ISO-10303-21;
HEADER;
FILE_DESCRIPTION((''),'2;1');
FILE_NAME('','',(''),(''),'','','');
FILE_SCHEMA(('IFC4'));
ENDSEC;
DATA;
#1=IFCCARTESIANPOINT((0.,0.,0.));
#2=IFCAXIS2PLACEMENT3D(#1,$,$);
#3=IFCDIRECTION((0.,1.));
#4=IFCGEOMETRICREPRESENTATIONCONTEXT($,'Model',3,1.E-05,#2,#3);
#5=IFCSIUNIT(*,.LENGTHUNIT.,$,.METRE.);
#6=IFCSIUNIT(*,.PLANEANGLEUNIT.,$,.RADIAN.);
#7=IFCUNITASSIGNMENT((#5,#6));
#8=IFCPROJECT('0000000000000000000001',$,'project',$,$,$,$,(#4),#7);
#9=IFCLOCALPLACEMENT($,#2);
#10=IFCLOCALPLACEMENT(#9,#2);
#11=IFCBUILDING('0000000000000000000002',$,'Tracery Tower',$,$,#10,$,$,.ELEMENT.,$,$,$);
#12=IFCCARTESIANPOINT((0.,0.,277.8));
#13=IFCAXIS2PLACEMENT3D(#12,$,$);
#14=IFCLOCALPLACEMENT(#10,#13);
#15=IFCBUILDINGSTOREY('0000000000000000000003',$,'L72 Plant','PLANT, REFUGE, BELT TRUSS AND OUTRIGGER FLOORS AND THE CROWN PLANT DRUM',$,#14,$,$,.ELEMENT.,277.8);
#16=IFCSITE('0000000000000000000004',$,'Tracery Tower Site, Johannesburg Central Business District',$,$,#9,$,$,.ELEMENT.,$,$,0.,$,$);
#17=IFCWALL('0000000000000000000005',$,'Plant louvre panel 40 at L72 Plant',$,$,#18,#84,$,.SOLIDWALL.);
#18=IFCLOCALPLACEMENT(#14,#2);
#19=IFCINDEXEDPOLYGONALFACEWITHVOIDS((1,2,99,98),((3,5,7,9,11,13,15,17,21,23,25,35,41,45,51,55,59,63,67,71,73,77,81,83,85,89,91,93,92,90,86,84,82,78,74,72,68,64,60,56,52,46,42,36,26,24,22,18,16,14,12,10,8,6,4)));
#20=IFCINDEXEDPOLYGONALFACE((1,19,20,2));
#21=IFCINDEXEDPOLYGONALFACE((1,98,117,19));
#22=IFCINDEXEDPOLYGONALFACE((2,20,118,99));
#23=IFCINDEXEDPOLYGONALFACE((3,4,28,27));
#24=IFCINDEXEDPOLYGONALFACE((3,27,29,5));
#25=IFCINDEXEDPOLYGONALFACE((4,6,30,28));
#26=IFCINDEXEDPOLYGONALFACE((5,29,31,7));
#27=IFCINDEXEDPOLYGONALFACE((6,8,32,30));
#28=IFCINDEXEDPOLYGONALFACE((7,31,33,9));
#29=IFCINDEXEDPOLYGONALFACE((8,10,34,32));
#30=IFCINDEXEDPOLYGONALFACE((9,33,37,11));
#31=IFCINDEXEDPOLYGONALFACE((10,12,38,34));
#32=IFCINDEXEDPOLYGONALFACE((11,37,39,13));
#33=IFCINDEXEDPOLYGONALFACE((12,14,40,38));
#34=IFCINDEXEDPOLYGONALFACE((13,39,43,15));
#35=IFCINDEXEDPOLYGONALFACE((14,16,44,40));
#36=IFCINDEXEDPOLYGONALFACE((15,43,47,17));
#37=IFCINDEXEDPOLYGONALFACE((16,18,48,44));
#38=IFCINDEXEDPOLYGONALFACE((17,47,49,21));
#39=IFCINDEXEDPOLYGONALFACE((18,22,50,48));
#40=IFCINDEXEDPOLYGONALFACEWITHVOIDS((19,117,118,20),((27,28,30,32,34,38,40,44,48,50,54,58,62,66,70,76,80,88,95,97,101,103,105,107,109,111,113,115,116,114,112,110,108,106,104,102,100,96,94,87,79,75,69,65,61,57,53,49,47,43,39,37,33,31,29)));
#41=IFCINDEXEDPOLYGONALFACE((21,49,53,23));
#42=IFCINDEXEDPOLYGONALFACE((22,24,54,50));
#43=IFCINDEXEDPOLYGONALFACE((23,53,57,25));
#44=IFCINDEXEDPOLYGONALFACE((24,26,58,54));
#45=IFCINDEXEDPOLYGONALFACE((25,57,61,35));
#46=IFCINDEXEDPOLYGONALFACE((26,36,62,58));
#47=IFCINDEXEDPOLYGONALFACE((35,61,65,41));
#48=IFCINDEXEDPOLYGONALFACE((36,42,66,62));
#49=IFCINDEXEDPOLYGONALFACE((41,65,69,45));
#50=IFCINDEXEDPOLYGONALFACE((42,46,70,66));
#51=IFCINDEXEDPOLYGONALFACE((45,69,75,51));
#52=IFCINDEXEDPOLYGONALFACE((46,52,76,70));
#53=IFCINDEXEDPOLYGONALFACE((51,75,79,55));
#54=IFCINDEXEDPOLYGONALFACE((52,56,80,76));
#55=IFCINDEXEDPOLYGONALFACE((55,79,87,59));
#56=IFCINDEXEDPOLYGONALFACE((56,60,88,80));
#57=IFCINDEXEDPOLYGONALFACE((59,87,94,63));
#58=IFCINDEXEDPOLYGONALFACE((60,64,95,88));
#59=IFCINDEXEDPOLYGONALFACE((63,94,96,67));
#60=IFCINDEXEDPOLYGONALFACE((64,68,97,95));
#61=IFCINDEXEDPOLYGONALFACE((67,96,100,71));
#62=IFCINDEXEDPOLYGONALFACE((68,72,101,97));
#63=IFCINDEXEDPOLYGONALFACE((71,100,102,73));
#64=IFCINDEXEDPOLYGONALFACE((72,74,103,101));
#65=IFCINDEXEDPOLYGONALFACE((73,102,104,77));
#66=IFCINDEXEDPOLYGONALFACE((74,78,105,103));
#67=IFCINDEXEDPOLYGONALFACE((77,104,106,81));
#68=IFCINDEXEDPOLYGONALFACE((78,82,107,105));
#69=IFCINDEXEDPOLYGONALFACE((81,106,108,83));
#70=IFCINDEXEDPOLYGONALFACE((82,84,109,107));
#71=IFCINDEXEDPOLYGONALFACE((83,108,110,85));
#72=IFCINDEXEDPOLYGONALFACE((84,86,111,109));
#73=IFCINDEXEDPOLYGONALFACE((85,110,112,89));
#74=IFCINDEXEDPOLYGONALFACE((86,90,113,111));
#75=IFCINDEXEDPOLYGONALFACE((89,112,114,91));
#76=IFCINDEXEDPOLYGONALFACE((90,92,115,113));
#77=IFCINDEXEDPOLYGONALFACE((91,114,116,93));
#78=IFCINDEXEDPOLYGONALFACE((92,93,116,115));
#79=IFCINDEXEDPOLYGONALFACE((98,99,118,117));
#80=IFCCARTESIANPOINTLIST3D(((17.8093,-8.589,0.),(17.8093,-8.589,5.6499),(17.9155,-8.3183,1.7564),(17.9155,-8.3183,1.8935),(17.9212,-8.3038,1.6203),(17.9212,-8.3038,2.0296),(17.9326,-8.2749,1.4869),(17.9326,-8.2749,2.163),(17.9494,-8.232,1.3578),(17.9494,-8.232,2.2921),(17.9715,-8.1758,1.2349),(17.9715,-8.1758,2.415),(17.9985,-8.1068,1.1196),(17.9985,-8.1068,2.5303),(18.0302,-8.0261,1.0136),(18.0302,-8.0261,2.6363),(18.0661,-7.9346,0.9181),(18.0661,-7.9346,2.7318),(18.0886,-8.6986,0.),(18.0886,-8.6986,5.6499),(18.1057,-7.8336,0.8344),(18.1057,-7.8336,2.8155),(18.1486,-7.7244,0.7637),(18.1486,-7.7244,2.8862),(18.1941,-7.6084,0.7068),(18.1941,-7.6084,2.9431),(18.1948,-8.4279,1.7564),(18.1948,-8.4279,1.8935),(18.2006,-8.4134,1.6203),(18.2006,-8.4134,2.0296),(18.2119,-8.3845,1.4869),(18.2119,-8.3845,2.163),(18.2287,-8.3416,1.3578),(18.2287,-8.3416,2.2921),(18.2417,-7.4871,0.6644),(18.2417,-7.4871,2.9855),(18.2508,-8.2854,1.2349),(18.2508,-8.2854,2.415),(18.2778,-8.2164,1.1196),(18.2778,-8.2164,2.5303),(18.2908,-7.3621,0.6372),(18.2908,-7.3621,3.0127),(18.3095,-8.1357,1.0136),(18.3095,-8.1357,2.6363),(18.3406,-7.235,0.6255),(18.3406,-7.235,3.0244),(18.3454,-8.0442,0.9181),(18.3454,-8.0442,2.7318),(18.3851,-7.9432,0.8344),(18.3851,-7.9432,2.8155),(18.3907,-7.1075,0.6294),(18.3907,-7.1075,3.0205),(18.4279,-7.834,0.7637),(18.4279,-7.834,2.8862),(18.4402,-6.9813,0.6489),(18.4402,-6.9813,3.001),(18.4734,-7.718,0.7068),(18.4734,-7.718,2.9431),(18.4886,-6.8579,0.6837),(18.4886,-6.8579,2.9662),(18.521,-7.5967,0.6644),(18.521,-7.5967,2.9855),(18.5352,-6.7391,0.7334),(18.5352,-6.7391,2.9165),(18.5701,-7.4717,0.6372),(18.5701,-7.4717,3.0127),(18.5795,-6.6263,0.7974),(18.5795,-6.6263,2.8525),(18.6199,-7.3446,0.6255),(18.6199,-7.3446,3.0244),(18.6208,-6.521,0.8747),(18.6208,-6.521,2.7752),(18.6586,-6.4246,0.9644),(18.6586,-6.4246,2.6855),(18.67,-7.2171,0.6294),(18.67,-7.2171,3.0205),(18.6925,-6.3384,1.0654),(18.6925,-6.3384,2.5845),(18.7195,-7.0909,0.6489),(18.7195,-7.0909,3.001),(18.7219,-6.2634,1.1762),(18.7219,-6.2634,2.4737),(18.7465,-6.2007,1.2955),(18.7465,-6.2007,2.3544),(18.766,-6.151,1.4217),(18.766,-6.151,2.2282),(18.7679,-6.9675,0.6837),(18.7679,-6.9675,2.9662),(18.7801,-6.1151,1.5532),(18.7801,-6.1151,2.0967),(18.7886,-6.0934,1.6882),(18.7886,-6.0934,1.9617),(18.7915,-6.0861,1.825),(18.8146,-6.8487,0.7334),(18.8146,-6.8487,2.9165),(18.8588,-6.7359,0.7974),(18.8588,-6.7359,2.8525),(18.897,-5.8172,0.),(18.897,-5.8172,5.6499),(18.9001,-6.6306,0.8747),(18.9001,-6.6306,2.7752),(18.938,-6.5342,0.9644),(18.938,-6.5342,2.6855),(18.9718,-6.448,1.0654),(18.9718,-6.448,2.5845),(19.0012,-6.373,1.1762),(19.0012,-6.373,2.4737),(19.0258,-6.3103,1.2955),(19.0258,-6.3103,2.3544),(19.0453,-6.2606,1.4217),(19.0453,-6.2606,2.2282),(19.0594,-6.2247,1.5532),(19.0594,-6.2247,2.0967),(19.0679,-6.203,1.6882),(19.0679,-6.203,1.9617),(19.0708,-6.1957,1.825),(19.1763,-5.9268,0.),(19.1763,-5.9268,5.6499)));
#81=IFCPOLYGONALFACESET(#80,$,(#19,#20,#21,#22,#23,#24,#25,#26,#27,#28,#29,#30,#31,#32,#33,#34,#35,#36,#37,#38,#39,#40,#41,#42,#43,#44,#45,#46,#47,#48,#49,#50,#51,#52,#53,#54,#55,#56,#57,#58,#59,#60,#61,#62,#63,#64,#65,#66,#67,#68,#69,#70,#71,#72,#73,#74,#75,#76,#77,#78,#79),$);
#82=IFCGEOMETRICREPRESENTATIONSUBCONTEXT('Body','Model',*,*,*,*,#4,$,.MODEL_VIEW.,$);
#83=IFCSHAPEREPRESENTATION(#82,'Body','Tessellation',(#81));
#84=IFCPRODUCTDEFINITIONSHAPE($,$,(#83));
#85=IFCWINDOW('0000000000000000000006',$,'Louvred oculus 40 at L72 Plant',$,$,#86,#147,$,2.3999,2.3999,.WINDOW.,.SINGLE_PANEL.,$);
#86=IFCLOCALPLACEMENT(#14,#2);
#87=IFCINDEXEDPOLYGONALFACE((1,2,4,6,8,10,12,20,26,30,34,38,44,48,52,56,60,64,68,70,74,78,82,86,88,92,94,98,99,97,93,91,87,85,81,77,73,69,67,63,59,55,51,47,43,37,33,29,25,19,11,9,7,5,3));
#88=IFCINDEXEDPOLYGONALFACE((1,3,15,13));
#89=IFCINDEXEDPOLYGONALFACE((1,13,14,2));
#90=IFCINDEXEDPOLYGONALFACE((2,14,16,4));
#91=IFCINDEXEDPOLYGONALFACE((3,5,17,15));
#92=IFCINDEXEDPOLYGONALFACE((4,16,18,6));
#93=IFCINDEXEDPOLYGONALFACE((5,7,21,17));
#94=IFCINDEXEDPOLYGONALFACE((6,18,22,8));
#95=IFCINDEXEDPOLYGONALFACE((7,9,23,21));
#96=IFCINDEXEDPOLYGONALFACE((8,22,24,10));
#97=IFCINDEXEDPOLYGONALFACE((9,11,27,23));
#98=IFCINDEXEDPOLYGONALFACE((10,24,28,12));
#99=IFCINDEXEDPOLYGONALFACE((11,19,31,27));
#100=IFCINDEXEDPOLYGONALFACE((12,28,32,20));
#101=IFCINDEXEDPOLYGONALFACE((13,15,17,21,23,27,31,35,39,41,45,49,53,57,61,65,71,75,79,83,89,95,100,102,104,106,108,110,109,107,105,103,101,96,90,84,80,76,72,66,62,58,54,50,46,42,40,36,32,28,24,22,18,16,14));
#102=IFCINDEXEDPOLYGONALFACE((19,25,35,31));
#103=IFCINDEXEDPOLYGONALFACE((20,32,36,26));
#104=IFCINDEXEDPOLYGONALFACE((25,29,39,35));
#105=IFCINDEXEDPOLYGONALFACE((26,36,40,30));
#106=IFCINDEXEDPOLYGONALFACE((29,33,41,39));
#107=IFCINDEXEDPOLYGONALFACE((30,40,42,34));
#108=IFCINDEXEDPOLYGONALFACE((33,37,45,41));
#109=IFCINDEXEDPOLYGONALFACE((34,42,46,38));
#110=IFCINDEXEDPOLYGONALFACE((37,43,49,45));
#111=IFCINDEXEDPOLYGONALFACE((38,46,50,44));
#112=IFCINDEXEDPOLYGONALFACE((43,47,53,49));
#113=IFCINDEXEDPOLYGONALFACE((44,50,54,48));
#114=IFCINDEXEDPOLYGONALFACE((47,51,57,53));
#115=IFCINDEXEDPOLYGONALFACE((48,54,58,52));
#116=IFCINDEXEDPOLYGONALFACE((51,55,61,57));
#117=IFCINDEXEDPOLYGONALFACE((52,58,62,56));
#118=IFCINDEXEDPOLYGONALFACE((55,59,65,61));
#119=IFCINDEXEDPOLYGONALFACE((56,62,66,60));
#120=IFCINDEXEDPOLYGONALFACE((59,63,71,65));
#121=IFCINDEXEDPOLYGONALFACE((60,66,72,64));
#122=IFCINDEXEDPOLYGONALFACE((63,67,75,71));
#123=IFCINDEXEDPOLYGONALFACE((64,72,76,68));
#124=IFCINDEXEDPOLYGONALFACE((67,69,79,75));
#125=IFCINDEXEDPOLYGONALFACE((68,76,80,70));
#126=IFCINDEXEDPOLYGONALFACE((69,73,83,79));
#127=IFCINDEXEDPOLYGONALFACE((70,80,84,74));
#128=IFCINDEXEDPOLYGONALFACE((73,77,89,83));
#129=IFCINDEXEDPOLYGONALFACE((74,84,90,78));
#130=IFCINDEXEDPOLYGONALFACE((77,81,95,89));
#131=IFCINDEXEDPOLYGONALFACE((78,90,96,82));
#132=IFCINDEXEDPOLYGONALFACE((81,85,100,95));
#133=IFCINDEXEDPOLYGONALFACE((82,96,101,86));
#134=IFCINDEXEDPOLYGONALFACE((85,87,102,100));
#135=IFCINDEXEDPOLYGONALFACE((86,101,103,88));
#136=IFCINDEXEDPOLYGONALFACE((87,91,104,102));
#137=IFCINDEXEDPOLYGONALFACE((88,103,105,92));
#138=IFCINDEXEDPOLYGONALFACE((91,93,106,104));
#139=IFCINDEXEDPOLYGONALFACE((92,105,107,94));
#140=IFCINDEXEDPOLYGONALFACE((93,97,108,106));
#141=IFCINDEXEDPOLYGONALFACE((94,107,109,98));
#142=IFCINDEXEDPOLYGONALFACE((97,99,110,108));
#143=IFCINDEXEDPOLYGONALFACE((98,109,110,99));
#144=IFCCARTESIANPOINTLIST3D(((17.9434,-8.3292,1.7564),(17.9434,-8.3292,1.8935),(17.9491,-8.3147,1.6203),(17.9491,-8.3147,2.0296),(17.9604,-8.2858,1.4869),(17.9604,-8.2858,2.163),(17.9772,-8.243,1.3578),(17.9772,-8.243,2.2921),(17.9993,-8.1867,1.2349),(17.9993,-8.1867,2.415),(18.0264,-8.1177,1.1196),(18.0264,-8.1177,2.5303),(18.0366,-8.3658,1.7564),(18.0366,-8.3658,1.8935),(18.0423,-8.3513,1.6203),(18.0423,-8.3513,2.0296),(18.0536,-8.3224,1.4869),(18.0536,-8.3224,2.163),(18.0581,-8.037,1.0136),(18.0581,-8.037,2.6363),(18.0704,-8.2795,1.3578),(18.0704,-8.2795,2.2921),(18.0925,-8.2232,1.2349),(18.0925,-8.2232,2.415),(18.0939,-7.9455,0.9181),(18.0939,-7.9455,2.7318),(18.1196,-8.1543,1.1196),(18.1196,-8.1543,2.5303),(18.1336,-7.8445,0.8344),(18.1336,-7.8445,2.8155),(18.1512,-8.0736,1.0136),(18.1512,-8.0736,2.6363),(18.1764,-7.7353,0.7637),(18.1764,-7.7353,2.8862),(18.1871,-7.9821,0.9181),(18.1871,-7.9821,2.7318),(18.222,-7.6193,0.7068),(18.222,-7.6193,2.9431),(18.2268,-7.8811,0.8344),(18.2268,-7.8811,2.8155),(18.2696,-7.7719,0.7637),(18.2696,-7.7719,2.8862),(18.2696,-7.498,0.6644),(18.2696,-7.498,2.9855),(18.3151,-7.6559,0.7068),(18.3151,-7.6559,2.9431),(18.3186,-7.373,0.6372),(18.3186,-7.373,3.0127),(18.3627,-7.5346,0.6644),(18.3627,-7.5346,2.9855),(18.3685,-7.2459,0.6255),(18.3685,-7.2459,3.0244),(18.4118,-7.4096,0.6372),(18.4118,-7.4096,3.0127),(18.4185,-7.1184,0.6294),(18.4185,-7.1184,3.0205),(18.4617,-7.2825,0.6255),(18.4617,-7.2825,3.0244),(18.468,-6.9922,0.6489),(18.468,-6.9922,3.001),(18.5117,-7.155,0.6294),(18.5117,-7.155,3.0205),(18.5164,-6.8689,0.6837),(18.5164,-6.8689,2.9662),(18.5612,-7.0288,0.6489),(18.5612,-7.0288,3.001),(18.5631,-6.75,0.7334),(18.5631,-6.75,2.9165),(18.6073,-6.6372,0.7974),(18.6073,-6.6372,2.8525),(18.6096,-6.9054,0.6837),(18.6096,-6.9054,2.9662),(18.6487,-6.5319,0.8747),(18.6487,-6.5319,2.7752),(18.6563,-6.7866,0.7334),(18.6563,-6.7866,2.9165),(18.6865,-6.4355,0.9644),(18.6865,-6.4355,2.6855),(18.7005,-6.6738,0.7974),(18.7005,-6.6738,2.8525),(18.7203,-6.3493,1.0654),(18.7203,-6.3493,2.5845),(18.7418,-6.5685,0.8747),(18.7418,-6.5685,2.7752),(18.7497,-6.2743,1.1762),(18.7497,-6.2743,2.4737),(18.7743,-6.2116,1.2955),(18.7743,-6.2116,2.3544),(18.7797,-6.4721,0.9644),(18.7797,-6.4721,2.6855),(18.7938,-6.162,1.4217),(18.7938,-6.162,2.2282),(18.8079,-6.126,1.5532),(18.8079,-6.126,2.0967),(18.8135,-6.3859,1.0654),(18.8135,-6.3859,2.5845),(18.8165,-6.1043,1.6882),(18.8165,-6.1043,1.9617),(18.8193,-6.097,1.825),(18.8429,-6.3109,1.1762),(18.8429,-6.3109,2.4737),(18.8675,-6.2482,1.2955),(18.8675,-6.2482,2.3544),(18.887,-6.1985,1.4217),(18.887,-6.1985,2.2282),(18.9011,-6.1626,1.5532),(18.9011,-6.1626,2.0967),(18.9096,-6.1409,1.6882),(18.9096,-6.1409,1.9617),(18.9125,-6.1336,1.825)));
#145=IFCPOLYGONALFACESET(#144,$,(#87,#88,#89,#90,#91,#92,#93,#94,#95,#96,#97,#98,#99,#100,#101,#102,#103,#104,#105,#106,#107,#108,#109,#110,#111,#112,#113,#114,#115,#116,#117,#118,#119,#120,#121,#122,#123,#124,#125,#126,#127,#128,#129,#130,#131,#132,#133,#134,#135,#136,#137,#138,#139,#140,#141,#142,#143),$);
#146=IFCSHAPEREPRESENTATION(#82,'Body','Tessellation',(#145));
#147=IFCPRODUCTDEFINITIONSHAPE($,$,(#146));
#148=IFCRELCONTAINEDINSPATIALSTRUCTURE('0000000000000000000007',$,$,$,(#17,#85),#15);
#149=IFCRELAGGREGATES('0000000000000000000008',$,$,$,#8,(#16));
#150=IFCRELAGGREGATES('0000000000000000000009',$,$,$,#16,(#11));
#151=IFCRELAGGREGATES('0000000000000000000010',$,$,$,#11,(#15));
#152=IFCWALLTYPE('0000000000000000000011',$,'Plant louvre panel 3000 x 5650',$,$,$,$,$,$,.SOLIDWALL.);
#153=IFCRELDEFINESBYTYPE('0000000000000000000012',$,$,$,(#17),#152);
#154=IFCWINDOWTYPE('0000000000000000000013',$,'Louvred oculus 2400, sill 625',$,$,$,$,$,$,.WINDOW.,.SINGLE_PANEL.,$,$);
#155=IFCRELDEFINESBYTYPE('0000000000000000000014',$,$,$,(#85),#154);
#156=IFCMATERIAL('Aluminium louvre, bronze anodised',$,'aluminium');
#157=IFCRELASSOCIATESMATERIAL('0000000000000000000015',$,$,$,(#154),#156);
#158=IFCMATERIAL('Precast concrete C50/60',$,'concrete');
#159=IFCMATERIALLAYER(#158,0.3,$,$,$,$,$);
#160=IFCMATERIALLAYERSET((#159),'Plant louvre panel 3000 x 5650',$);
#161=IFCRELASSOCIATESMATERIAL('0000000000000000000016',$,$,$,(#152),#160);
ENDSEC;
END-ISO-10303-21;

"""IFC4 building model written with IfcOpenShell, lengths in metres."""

from ifc_helpers import new_model, si_unit, direction, frame, frame_2d, origin, origin_2d, place, context, subcontext, project, spatial, rectangle, circle, extrude, material, layer, layer_set, type_object, element, fill, save


model = new_model("IFC4")

# Units and contexts
model_context = context("Model", 3, precision=1e-05, world=origin(), true_north=direction((0.0, 1.0)))
body_context = subcontext(model_context, "Body", "Model", "MODEL_VIEW")
ifc_project = project(units=[si_unit("LENGTHUNIT", "METRE"), si_unit("PLANEANGLEUNIT", "RADIAN")], contexts=[model_context])

# Site, building, storey
site_placement = place(None, origin())
site = spatial("IfcSite", under=ifc_project, at=site_placement, Name="Tracery Tower Site, Johannesburg Central Business District", CompositionType="ELEMENT", RefElevation=0.0)
building_placement = place(site_placement, origin())
building = spatial("IfcBuilding", under=site, at=building_placement, Name="Tracery Tower", CompositionType="ELEMENT")
storey_placement = place(building_placement, frame((0.0, 0.0, 277.8)))
storey = spatial("IfcBuildingStorey", under=building, at=storey_placement, Name="L72 Plant", Description="PLANT, REFUGE, BELT TRUSS AND OUTRIGGER FLOORS AND THE CROWN PLANT DRUM", CompositionType="ELEMENT", Elevation=277.8)

# Wall, opening, window
ifc_material_1 = material(Name="Aluminium louvre, bronze anodised", Category="aluminium")
window_type = type_object("IfcWindowType", Name="Louvred oculus 2400, sill 625", PartitioningType="SINGLE_PANEL", PredefinedType="WINDOW", material=ifc_material_1)
ifc_material_2 = material(Name="Precast concrete C50/60", Category="concrete")
ifc_layer_1 = layer(ifc_material_2, 0.3)
ifc_layer_set_1 = layer_set([ifc_layer_1], Name="Plant louvre panel 3000 x 5650")
wall_type_1 = type_object("IfcWallType", Name="Plant louvre panel 3000 x 5650", PredefinedType="SOLIDWALL", material=ifc_layer_set_1)
wall_1_placement = place(storey_placement, frame((17.949, -8.6438, 0.0), z_axis=(0.0, 0.0, 1.0), x_axis=(0.36529, 0.930894, 0.0)))
wall_1 = element("IfcWall", 1, at=wall_1_placement, inside=storey, type_object=wall_type_1, Name="Plant louvre panel 40 at L72 Plant", PredefinedType="SOLIDWALL", context=body_context, shape_type="SweptSolid", body=[
    extrude(rectangle(XDim=2.9775, YDim=0.3, at=frame_2d((1.4888, 0.0))), origin(), (0.0, 0.0, 1.0), 5.6499),
])
opening_1_placement = place(wall_1_placement, frame((1.4888, 0.0, 1.825)))
opening_1 = element("IfcOpeningElement", 2, at=opening_1_placement, cuts=wall_1, PredefinedType="OPENING", context=body_context, shape_type="SweptSolid", body=[
    extrude(circle(Radius=1.2, at=origin_2d()), frame((0.0, 0.1599, 0.0), z_axis=(0.0, -1.0, 0.0), x_axis=(1.0, 0.0, 0.0)), (0.0, 0.0, 1.0), 0.3201),
])
window_1_placement = place(opening_1_placement, origin())
window_1 = element("IfcWindow", 3, at=window_1_placement, inside=storey, type_object=window_type, Name="Louvred oculus 40 at L72 Plant", OverallHeight=2.3999, OverallWidth=2.3999, PartitioningType="SINGLE_PANEL", PredefinedType="WINDOW", context=body_context, shape_type="SweptSolid", body=[
    extrude(circle(Radius=1.2, at=origin_2d()), frame((0.0, 0.1201, 0.0), z_axis=(0.0, -1.0, 0.0), x_axis=(1.0, 0.0, 0.0)), (0.0, 0.0, 1.0), 0.1001),
])
fill(opening_1, window_1)

save(model, "model.ifc")
